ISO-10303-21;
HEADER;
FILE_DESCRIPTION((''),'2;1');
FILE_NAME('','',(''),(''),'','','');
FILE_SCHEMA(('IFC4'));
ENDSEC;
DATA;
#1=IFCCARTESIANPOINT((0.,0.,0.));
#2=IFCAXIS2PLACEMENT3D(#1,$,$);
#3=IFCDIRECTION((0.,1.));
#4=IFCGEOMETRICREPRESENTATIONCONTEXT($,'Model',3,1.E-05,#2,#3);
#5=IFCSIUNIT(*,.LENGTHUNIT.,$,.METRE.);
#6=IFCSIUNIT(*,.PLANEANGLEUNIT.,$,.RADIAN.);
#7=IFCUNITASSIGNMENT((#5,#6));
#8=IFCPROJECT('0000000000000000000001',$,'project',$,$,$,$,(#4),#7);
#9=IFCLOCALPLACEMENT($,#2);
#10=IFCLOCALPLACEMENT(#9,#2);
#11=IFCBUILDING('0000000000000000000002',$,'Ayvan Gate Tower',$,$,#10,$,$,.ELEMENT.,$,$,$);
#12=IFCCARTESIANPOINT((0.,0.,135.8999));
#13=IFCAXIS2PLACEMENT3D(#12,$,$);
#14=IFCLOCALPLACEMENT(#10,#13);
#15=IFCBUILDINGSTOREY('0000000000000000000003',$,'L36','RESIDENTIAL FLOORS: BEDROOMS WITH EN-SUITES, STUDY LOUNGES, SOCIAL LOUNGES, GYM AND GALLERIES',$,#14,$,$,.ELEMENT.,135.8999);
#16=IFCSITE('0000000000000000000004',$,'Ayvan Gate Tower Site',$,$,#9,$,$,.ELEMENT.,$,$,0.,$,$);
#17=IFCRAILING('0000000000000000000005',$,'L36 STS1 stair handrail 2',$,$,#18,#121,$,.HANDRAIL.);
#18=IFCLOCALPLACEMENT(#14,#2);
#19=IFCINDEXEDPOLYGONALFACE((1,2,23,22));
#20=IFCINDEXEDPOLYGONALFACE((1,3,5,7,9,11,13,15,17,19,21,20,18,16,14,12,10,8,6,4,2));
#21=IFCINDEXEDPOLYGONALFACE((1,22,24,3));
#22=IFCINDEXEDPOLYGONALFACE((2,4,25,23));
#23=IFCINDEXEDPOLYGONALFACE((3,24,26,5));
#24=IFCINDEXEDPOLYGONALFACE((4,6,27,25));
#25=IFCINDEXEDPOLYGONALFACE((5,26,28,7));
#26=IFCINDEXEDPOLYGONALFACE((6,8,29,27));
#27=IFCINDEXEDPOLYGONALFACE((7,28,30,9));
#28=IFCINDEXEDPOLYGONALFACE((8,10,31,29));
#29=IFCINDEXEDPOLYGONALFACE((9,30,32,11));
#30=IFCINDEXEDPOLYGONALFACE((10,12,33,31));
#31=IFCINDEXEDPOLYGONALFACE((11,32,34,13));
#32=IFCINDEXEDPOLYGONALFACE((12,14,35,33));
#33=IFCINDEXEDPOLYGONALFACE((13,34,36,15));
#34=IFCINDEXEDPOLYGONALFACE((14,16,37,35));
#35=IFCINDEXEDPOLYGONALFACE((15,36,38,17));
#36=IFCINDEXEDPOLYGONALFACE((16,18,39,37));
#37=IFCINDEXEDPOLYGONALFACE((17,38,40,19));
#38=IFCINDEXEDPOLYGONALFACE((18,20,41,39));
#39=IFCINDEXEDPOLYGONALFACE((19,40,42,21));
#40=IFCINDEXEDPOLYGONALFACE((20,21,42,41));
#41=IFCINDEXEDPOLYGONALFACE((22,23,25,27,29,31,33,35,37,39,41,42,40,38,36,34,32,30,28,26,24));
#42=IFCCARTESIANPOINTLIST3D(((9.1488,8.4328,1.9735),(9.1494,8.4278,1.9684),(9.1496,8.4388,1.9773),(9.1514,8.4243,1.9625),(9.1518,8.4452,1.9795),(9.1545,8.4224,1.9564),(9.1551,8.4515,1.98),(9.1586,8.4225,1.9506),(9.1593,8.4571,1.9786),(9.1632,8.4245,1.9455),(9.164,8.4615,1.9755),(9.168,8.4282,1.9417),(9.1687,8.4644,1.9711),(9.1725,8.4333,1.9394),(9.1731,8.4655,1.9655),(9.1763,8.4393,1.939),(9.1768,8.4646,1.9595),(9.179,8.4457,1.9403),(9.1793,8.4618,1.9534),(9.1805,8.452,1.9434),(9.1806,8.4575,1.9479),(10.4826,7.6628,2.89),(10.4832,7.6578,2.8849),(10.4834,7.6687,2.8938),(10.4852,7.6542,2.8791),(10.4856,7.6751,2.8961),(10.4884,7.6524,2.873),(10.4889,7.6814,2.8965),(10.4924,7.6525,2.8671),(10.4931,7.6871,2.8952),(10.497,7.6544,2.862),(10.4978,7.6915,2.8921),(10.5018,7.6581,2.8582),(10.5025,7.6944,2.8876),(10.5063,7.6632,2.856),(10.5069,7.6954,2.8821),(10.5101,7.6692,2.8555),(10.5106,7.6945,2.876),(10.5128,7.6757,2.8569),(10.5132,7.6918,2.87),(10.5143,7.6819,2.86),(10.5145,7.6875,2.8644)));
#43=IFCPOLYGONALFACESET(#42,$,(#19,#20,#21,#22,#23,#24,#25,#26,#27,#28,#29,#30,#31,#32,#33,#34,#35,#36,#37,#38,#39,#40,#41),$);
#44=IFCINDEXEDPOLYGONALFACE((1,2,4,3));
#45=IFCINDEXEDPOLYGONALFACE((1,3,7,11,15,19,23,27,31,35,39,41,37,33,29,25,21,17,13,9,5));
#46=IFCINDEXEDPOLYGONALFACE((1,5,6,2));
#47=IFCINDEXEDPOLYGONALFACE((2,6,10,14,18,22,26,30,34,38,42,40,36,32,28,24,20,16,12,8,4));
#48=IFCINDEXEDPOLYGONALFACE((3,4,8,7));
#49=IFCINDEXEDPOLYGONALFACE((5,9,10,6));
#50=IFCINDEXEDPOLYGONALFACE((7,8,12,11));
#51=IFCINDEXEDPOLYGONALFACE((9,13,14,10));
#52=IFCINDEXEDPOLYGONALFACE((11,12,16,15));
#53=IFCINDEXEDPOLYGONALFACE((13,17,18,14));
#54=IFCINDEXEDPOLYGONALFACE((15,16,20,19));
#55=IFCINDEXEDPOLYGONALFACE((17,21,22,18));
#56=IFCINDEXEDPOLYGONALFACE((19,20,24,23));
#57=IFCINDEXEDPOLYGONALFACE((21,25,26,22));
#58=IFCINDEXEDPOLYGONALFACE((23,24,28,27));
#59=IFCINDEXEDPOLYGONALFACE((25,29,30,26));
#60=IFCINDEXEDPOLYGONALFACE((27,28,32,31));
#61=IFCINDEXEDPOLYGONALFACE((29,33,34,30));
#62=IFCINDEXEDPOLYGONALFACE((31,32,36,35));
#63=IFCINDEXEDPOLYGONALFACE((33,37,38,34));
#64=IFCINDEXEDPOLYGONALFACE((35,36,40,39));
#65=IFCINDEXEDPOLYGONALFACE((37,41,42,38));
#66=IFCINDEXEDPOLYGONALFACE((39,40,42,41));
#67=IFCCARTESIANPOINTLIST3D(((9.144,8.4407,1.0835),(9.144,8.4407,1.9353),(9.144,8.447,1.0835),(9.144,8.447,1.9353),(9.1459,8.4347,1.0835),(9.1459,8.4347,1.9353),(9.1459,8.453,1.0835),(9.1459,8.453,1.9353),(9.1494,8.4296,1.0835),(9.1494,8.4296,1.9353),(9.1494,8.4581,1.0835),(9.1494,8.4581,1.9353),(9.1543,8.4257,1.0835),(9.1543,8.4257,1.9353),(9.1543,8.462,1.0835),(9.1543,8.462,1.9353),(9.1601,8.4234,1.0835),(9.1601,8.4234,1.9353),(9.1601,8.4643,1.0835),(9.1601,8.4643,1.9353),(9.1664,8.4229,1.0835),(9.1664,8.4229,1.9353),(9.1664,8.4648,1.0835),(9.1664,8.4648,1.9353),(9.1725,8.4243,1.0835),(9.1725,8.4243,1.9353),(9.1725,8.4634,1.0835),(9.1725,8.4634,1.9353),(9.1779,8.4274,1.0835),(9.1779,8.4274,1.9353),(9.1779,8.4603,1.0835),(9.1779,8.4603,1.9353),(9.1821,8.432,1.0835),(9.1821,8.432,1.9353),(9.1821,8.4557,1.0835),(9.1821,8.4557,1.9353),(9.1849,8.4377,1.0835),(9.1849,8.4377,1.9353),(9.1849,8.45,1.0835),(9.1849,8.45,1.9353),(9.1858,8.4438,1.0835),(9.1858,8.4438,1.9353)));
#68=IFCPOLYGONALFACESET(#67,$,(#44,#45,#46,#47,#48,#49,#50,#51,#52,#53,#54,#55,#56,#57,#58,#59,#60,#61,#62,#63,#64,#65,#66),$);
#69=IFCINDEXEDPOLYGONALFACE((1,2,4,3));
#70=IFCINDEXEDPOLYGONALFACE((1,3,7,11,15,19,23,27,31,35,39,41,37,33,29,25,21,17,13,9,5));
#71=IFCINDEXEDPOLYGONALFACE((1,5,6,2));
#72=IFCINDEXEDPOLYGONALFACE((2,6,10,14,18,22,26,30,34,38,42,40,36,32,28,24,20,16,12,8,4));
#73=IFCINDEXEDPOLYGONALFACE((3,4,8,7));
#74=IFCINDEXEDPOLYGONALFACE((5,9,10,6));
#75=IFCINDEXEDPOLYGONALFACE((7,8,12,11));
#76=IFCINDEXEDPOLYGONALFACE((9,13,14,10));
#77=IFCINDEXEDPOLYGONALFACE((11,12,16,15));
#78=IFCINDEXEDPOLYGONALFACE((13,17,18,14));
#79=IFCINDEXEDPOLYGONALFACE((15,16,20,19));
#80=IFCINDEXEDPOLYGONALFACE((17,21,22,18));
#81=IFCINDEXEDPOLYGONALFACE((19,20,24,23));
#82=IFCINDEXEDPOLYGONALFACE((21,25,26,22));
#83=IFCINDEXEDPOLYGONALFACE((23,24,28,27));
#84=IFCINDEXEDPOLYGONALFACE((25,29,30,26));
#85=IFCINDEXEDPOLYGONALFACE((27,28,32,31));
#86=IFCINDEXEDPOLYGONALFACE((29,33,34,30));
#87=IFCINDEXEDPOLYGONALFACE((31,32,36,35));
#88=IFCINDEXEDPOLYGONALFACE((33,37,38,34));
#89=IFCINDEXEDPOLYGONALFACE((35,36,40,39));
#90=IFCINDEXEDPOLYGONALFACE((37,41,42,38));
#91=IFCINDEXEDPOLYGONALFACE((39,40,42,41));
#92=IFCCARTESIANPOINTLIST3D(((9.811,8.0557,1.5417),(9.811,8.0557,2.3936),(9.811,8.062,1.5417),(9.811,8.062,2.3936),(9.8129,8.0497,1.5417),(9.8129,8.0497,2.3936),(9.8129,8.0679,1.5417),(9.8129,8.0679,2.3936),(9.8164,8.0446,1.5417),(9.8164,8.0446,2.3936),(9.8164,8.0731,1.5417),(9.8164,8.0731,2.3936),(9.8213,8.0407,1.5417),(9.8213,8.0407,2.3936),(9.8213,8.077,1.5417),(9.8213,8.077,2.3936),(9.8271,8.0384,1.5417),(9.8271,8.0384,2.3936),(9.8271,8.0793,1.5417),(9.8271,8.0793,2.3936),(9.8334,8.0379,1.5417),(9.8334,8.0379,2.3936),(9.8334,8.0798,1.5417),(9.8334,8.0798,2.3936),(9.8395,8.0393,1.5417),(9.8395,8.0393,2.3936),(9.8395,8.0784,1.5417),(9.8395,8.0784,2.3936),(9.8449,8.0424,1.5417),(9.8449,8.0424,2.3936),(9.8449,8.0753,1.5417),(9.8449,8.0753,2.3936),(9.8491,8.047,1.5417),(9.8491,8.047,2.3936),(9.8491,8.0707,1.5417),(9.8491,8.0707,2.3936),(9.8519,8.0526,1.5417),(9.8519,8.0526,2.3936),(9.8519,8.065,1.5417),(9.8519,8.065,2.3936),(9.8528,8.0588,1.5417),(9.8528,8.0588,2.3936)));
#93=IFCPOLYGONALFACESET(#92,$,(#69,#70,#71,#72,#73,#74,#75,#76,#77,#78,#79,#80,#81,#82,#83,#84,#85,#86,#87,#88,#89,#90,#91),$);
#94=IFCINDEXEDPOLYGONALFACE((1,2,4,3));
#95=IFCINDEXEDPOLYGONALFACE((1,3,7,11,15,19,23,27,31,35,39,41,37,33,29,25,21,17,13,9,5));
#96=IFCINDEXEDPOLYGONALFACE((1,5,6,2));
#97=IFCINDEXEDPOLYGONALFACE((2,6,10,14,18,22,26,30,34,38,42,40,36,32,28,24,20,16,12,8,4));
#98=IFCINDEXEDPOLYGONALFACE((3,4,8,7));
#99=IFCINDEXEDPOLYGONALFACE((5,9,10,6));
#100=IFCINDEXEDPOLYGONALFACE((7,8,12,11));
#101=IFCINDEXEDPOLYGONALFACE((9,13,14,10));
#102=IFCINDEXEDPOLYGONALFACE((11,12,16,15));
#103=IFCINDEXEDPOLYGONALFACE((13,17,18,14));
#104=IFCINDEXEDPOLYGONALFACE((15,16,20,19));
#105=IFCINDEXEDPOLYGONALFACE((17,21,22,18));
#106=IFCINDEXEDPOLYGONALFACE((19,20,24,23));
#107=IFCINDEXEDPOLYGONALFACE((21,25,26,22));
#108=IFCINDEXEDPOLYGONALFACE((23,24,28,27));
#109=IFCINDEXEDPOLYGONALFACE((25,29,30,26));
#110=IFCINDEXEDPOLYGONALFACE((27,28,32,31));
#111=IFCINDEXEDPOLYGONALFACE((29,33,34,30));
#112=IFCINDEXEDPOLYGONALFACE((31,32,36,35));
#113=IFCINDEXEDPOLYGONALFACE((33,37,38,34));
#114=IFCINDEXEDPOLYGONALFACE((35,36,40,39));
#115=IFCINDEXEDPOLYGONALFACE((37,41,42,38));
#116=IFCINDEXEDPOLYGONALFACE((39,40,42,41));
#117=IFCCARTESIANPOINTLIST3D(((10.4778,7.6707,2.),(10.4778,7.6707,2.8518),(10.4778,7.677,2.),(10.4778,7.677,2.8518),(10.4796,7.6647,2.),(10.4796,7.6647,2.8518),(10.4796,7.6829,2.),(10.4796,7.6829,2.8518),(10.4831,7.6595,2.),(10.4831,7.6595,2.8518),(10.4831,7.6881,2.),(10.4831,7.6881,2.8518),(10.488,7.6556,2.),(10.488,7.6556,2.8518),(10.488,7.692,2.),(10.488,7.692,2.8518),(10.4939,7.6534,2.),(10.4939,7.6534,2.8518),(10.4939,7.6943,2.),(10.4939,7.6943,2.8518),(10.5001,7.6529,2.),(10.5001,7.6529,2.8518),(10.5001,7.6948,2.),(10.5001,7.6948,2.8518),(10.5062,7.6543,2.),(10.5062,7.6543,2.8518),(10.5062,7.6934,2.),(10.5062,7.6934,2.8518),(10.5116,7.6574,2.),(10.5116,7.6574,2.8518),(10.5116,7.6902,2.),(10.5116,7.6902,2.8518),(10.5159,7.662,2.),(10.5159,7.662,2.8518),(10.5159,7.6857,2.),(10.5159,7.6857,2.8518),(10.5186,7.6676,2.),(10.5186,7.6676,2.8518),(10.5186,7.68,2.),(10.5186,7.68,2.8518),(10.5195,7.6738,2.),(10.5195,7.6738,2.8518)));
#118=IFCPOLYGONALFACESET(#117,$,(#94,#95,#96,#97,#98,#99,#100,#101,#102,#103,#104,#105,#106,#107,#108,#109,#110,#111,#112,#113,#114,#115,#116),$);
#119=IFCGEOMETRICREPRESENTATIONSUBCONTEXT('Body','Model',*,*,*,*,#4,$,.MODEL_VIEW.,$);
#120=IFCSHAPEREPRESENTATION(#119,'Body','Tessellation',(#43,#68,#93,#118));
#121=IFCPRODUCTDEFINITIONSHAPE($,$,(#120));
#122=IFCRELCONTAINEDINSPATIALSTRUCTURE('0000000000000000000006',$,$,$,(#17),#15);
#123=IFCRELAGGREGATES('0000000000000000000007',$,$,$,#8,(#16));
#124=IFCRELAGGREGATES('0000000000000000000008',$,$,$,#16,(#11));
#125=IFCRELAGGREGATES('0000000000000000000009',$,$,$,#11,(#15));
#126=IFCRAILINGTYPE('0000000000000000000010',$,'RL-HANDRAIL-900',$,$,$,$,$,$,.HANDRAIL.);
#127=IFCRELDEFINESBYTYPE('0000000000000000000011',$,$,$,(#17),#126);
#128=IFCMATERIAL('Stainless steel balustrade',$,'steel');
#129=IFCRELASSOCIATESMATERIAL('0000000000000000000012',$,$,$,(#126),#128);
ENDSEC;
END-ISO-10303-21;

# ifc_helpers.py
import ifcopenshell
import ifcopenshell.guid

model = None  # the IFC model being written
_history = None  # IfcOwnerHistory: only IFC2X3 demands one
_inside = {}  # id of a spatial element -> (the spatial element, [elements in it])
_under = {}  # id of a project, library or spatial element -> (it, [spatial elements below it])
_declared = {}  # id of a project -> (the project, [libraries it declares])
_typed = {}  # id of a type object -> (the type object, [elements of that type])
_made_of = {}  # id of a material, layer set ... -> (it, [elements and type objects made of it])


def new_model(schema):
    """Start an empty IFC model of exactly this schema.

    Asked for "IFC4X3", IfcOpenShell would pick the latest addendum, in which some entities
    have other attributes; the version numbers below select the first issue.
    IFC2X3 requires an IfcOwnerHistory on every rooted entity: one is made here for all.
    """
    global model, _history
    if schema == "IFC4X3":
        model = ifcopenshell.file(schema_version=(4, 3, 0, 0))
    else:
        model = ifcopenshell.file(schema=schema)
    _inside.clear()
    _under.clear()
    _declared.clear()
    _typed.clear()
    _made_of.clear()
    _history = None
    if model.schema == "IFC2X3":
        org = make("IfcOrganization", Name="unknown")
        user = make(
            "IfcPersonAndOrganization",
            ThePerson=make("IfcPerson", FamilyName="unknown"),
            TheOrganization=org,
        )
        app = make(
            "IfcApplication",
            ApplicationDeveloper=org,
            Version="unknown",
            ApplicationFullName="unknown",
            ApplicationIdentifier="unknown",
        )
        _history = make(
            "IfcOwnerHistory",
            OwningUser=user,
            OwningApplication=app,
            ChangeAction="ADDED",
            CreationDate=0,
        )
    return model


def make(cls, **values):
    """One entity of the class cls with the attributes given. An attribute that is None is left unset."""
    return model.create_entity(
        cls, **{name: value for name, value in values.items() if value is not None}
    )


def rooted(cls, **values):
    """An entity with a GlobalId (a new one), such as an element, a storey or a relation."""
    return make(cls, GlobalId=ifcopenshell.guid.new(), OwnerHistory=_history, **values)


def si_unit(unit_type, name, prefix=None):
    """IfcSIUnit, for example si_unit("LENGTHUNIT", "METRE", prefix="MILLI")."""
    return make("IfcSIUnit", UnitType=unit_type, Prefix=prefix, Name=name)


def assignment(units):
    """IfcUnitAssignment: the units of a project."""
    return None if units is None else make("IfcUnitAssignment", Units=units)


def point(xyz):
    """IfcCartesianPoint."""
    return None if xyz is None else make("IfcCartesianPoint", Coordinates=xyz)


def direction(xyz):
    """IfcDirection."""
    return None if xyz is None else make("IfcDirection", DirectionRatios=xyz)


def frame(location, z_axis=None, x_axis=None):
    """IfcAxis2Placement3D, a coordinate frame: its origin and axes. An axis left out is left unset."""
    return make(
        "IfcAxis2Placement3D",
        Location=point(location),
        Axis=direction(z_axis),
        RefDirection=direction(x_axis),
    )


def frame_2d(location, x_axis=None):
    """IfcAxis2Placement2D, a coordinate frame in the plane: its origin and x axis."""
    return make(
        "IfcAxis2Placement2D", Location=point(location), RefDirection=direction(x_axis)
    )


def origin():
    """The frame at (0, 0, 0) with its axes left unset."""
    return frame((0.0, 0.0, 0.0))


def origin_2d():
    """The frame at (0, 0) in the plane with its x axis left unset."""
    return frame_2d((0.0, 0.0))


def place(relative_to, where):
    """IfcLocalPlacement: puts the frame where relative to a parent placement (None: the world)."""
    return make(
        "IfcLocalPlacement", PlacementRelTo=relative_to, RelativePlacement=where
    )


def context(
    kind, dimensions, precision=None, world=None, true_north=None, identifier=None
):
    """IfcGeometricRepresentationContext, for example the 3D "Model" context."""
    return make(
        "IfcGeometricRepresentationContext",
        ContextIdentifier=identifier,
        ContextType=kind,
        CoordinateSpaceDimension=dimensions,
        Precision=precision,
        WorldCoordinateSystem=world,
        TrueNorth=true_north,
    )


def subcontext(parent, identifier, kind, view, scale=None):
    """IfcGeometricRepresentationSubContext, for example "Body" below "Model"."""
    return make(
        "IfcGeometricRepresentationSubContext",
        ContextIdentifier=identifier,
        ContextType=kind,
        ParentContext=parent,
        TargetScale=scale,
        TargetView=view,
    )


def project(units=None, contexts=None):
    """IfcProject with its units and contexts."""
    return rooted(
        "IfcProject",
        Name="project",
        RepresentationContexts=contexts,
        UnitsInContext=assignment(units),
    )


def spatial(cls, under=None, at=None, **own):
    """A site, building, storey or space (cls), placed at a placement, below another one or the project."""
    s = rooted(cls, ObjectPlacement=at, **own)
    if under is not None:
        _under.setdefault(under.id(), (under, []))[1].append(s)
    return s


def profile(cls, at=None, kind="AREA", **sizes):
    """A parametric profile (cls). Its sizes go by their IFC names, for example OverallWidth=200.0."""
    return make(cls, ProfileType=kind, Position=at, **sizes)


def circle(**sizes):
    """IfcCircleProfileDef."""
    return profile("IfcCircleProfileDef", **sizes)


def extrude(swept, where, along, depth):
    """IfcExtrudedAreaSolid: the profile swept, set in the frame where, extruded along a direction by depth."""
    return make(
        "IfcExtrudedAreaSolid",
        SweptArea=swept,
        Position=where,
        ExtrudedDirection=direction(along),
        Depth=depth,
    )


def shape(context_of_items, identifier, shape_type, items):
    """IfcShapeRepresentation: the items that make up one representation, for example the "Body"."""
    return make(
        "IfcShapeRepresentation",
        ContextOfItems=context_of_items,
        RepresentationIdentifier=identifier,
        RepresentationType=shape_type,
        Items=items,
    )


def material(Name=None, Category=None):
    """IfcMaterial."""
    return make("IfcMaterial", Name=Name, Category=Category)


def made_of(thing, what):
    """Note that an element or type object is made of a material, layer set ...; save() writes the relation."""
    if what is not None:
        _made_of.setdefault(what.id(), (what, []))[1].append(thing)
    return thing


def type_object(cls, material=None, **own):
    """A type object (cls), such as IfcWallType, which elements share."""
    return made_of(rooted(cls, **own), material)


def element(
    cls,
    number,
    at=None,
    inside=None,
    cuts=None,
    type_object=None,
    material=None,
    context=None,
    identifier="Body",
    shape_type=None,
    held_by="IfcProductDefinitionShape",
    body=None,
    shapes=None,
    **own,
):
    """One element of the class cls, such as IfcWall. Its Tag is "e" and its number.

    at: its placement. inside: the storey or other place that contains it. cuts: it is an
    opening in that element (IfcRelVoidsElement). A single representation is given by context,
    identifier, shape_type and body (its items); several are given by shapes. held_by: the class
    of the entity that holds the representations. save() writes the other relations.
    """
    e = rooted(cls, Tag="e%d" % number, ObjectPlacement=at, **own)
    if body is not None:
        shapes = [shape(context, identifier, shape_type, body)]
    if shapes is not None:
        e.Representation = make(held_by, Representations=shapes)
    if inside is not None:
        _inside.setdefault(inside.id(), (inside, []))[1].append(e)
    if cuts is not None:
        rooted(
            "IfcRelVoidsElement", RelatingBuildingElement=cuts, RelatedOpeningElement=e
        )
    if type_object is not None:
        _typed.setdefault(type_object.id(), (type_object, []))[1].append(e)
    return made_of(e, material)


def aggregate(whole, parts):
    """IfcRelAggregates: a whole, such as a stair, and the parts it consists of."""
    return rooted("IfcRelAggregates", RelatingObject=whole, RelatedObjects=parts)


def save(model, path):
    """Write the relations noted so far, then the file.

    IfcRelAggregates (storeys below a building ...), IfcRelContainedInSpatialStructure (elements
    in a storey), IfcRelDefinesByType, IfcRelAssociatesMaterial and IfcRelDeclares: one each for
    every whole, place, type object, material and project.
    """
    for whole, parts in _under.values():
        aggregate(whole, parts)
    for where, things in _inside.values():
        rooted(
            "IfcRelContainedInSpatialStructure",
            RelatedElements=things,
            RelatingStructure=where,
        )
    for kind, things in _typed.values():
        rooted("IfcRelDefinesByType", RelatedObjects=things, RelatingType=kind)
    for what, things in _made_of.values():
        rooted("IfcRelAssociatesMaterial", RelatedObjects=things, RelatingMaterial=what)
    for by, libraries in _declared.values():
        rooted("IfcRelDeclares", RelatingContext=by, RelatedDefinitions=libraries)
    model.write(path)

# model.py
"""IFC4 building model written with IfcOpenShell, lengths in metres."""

from ifc_helpers import new_model, si_unit, direction, frame, origin, origin_2d, place, context, subcontext, project, spatial, circle, extrude, material, type_object, element, save


model = new_model("IFC4")

# Units and contexts
model_context = context("Model", 3, precision=1e-05, world=origin(), true_north=direction((0.0, 1.0)))
body_context = subcontext(model_context, "Body", "Model", "MODEL_VIEW")
ifc_project = project(units=[si_unit("LENGTHUNIT", "METRE"), si_unit("PLANEANGLEUNIT", "RADIAN")], contexts=[model_context])

# Site, building, storey
site_placement = place(None, origin())
site = spatial("IfcSite", under=ifc_project, at=site_placement, Name="Ayvan Gate Tower Site", CompositionType="ELEMENT", RefElevation=0.0)
building_placement = place(site_placement, origin())
building = spatial("IfcBuilding", under=site, at=building_placement, Name="Ayvan Gate Tower", CompositionType="ELEMENT")
storey_placement = place(building_placement, frame((0.0, 0.0, 135.8999)))
storey = spatial("IfcBuildingStorey", under=building, at=storey_placement, Name="L36", Description="RESIDENTIAL FLOORS: BEDROOMS WITH EN-SUITES, STUDY LOUNGES, SOCIAL LOUNGES, GYM AND GALLERIES", CompositionType="ELEMENT", Elevation=135.8999)

# Railing
ifc_material_1 = material(Name="Stainless steel balustrade", Category="steel")
railing_type_1 = type_object("IfcRailingType", Name="RL-HANDRAIL-900", PredefinedType="HANDRAIL", material=ifc_material_1)
railing_1_placement = place(storey_placement, frame((9.1648, 8.4438, 1.0835)))
element("IfcRailing", 1, at=railing_1_placement, inside=storey, type_object=railing_type_1, Name="L36 STS1 stair handrail 2", PredefinedType="HANDRAIL", context=body_context, shape_type="SweptSolid", body=[
    extrude(circle(Radius=0.0239, at=origin_2d()), frame((0.0, 0.0, 0.876), z_axis=(0.744216, -0.429664, 0.511401), x_axis=(0.499992, 0.86603, 0.0)), (0.0, 0.0, 1.0), 1.7922),
    extrude(circle(Radius=0.021, at=origin_2d()), origin(), (0.0, 0.0, 1.0), 0.8518),
    extrude(circle(Radius=0.021, at=origin_2d()), frame((0.667, -0.385, 0.4583)), (0.0, 0.0, 1.0), 0.8518),
    extrude(circle(Radius=0.021, at=origin_2d()), frame((1.3337, -0.77, 0.9165)), (0.0, 0.0, 1.0), 0.8518),
])

save(model, "model.ifc")
